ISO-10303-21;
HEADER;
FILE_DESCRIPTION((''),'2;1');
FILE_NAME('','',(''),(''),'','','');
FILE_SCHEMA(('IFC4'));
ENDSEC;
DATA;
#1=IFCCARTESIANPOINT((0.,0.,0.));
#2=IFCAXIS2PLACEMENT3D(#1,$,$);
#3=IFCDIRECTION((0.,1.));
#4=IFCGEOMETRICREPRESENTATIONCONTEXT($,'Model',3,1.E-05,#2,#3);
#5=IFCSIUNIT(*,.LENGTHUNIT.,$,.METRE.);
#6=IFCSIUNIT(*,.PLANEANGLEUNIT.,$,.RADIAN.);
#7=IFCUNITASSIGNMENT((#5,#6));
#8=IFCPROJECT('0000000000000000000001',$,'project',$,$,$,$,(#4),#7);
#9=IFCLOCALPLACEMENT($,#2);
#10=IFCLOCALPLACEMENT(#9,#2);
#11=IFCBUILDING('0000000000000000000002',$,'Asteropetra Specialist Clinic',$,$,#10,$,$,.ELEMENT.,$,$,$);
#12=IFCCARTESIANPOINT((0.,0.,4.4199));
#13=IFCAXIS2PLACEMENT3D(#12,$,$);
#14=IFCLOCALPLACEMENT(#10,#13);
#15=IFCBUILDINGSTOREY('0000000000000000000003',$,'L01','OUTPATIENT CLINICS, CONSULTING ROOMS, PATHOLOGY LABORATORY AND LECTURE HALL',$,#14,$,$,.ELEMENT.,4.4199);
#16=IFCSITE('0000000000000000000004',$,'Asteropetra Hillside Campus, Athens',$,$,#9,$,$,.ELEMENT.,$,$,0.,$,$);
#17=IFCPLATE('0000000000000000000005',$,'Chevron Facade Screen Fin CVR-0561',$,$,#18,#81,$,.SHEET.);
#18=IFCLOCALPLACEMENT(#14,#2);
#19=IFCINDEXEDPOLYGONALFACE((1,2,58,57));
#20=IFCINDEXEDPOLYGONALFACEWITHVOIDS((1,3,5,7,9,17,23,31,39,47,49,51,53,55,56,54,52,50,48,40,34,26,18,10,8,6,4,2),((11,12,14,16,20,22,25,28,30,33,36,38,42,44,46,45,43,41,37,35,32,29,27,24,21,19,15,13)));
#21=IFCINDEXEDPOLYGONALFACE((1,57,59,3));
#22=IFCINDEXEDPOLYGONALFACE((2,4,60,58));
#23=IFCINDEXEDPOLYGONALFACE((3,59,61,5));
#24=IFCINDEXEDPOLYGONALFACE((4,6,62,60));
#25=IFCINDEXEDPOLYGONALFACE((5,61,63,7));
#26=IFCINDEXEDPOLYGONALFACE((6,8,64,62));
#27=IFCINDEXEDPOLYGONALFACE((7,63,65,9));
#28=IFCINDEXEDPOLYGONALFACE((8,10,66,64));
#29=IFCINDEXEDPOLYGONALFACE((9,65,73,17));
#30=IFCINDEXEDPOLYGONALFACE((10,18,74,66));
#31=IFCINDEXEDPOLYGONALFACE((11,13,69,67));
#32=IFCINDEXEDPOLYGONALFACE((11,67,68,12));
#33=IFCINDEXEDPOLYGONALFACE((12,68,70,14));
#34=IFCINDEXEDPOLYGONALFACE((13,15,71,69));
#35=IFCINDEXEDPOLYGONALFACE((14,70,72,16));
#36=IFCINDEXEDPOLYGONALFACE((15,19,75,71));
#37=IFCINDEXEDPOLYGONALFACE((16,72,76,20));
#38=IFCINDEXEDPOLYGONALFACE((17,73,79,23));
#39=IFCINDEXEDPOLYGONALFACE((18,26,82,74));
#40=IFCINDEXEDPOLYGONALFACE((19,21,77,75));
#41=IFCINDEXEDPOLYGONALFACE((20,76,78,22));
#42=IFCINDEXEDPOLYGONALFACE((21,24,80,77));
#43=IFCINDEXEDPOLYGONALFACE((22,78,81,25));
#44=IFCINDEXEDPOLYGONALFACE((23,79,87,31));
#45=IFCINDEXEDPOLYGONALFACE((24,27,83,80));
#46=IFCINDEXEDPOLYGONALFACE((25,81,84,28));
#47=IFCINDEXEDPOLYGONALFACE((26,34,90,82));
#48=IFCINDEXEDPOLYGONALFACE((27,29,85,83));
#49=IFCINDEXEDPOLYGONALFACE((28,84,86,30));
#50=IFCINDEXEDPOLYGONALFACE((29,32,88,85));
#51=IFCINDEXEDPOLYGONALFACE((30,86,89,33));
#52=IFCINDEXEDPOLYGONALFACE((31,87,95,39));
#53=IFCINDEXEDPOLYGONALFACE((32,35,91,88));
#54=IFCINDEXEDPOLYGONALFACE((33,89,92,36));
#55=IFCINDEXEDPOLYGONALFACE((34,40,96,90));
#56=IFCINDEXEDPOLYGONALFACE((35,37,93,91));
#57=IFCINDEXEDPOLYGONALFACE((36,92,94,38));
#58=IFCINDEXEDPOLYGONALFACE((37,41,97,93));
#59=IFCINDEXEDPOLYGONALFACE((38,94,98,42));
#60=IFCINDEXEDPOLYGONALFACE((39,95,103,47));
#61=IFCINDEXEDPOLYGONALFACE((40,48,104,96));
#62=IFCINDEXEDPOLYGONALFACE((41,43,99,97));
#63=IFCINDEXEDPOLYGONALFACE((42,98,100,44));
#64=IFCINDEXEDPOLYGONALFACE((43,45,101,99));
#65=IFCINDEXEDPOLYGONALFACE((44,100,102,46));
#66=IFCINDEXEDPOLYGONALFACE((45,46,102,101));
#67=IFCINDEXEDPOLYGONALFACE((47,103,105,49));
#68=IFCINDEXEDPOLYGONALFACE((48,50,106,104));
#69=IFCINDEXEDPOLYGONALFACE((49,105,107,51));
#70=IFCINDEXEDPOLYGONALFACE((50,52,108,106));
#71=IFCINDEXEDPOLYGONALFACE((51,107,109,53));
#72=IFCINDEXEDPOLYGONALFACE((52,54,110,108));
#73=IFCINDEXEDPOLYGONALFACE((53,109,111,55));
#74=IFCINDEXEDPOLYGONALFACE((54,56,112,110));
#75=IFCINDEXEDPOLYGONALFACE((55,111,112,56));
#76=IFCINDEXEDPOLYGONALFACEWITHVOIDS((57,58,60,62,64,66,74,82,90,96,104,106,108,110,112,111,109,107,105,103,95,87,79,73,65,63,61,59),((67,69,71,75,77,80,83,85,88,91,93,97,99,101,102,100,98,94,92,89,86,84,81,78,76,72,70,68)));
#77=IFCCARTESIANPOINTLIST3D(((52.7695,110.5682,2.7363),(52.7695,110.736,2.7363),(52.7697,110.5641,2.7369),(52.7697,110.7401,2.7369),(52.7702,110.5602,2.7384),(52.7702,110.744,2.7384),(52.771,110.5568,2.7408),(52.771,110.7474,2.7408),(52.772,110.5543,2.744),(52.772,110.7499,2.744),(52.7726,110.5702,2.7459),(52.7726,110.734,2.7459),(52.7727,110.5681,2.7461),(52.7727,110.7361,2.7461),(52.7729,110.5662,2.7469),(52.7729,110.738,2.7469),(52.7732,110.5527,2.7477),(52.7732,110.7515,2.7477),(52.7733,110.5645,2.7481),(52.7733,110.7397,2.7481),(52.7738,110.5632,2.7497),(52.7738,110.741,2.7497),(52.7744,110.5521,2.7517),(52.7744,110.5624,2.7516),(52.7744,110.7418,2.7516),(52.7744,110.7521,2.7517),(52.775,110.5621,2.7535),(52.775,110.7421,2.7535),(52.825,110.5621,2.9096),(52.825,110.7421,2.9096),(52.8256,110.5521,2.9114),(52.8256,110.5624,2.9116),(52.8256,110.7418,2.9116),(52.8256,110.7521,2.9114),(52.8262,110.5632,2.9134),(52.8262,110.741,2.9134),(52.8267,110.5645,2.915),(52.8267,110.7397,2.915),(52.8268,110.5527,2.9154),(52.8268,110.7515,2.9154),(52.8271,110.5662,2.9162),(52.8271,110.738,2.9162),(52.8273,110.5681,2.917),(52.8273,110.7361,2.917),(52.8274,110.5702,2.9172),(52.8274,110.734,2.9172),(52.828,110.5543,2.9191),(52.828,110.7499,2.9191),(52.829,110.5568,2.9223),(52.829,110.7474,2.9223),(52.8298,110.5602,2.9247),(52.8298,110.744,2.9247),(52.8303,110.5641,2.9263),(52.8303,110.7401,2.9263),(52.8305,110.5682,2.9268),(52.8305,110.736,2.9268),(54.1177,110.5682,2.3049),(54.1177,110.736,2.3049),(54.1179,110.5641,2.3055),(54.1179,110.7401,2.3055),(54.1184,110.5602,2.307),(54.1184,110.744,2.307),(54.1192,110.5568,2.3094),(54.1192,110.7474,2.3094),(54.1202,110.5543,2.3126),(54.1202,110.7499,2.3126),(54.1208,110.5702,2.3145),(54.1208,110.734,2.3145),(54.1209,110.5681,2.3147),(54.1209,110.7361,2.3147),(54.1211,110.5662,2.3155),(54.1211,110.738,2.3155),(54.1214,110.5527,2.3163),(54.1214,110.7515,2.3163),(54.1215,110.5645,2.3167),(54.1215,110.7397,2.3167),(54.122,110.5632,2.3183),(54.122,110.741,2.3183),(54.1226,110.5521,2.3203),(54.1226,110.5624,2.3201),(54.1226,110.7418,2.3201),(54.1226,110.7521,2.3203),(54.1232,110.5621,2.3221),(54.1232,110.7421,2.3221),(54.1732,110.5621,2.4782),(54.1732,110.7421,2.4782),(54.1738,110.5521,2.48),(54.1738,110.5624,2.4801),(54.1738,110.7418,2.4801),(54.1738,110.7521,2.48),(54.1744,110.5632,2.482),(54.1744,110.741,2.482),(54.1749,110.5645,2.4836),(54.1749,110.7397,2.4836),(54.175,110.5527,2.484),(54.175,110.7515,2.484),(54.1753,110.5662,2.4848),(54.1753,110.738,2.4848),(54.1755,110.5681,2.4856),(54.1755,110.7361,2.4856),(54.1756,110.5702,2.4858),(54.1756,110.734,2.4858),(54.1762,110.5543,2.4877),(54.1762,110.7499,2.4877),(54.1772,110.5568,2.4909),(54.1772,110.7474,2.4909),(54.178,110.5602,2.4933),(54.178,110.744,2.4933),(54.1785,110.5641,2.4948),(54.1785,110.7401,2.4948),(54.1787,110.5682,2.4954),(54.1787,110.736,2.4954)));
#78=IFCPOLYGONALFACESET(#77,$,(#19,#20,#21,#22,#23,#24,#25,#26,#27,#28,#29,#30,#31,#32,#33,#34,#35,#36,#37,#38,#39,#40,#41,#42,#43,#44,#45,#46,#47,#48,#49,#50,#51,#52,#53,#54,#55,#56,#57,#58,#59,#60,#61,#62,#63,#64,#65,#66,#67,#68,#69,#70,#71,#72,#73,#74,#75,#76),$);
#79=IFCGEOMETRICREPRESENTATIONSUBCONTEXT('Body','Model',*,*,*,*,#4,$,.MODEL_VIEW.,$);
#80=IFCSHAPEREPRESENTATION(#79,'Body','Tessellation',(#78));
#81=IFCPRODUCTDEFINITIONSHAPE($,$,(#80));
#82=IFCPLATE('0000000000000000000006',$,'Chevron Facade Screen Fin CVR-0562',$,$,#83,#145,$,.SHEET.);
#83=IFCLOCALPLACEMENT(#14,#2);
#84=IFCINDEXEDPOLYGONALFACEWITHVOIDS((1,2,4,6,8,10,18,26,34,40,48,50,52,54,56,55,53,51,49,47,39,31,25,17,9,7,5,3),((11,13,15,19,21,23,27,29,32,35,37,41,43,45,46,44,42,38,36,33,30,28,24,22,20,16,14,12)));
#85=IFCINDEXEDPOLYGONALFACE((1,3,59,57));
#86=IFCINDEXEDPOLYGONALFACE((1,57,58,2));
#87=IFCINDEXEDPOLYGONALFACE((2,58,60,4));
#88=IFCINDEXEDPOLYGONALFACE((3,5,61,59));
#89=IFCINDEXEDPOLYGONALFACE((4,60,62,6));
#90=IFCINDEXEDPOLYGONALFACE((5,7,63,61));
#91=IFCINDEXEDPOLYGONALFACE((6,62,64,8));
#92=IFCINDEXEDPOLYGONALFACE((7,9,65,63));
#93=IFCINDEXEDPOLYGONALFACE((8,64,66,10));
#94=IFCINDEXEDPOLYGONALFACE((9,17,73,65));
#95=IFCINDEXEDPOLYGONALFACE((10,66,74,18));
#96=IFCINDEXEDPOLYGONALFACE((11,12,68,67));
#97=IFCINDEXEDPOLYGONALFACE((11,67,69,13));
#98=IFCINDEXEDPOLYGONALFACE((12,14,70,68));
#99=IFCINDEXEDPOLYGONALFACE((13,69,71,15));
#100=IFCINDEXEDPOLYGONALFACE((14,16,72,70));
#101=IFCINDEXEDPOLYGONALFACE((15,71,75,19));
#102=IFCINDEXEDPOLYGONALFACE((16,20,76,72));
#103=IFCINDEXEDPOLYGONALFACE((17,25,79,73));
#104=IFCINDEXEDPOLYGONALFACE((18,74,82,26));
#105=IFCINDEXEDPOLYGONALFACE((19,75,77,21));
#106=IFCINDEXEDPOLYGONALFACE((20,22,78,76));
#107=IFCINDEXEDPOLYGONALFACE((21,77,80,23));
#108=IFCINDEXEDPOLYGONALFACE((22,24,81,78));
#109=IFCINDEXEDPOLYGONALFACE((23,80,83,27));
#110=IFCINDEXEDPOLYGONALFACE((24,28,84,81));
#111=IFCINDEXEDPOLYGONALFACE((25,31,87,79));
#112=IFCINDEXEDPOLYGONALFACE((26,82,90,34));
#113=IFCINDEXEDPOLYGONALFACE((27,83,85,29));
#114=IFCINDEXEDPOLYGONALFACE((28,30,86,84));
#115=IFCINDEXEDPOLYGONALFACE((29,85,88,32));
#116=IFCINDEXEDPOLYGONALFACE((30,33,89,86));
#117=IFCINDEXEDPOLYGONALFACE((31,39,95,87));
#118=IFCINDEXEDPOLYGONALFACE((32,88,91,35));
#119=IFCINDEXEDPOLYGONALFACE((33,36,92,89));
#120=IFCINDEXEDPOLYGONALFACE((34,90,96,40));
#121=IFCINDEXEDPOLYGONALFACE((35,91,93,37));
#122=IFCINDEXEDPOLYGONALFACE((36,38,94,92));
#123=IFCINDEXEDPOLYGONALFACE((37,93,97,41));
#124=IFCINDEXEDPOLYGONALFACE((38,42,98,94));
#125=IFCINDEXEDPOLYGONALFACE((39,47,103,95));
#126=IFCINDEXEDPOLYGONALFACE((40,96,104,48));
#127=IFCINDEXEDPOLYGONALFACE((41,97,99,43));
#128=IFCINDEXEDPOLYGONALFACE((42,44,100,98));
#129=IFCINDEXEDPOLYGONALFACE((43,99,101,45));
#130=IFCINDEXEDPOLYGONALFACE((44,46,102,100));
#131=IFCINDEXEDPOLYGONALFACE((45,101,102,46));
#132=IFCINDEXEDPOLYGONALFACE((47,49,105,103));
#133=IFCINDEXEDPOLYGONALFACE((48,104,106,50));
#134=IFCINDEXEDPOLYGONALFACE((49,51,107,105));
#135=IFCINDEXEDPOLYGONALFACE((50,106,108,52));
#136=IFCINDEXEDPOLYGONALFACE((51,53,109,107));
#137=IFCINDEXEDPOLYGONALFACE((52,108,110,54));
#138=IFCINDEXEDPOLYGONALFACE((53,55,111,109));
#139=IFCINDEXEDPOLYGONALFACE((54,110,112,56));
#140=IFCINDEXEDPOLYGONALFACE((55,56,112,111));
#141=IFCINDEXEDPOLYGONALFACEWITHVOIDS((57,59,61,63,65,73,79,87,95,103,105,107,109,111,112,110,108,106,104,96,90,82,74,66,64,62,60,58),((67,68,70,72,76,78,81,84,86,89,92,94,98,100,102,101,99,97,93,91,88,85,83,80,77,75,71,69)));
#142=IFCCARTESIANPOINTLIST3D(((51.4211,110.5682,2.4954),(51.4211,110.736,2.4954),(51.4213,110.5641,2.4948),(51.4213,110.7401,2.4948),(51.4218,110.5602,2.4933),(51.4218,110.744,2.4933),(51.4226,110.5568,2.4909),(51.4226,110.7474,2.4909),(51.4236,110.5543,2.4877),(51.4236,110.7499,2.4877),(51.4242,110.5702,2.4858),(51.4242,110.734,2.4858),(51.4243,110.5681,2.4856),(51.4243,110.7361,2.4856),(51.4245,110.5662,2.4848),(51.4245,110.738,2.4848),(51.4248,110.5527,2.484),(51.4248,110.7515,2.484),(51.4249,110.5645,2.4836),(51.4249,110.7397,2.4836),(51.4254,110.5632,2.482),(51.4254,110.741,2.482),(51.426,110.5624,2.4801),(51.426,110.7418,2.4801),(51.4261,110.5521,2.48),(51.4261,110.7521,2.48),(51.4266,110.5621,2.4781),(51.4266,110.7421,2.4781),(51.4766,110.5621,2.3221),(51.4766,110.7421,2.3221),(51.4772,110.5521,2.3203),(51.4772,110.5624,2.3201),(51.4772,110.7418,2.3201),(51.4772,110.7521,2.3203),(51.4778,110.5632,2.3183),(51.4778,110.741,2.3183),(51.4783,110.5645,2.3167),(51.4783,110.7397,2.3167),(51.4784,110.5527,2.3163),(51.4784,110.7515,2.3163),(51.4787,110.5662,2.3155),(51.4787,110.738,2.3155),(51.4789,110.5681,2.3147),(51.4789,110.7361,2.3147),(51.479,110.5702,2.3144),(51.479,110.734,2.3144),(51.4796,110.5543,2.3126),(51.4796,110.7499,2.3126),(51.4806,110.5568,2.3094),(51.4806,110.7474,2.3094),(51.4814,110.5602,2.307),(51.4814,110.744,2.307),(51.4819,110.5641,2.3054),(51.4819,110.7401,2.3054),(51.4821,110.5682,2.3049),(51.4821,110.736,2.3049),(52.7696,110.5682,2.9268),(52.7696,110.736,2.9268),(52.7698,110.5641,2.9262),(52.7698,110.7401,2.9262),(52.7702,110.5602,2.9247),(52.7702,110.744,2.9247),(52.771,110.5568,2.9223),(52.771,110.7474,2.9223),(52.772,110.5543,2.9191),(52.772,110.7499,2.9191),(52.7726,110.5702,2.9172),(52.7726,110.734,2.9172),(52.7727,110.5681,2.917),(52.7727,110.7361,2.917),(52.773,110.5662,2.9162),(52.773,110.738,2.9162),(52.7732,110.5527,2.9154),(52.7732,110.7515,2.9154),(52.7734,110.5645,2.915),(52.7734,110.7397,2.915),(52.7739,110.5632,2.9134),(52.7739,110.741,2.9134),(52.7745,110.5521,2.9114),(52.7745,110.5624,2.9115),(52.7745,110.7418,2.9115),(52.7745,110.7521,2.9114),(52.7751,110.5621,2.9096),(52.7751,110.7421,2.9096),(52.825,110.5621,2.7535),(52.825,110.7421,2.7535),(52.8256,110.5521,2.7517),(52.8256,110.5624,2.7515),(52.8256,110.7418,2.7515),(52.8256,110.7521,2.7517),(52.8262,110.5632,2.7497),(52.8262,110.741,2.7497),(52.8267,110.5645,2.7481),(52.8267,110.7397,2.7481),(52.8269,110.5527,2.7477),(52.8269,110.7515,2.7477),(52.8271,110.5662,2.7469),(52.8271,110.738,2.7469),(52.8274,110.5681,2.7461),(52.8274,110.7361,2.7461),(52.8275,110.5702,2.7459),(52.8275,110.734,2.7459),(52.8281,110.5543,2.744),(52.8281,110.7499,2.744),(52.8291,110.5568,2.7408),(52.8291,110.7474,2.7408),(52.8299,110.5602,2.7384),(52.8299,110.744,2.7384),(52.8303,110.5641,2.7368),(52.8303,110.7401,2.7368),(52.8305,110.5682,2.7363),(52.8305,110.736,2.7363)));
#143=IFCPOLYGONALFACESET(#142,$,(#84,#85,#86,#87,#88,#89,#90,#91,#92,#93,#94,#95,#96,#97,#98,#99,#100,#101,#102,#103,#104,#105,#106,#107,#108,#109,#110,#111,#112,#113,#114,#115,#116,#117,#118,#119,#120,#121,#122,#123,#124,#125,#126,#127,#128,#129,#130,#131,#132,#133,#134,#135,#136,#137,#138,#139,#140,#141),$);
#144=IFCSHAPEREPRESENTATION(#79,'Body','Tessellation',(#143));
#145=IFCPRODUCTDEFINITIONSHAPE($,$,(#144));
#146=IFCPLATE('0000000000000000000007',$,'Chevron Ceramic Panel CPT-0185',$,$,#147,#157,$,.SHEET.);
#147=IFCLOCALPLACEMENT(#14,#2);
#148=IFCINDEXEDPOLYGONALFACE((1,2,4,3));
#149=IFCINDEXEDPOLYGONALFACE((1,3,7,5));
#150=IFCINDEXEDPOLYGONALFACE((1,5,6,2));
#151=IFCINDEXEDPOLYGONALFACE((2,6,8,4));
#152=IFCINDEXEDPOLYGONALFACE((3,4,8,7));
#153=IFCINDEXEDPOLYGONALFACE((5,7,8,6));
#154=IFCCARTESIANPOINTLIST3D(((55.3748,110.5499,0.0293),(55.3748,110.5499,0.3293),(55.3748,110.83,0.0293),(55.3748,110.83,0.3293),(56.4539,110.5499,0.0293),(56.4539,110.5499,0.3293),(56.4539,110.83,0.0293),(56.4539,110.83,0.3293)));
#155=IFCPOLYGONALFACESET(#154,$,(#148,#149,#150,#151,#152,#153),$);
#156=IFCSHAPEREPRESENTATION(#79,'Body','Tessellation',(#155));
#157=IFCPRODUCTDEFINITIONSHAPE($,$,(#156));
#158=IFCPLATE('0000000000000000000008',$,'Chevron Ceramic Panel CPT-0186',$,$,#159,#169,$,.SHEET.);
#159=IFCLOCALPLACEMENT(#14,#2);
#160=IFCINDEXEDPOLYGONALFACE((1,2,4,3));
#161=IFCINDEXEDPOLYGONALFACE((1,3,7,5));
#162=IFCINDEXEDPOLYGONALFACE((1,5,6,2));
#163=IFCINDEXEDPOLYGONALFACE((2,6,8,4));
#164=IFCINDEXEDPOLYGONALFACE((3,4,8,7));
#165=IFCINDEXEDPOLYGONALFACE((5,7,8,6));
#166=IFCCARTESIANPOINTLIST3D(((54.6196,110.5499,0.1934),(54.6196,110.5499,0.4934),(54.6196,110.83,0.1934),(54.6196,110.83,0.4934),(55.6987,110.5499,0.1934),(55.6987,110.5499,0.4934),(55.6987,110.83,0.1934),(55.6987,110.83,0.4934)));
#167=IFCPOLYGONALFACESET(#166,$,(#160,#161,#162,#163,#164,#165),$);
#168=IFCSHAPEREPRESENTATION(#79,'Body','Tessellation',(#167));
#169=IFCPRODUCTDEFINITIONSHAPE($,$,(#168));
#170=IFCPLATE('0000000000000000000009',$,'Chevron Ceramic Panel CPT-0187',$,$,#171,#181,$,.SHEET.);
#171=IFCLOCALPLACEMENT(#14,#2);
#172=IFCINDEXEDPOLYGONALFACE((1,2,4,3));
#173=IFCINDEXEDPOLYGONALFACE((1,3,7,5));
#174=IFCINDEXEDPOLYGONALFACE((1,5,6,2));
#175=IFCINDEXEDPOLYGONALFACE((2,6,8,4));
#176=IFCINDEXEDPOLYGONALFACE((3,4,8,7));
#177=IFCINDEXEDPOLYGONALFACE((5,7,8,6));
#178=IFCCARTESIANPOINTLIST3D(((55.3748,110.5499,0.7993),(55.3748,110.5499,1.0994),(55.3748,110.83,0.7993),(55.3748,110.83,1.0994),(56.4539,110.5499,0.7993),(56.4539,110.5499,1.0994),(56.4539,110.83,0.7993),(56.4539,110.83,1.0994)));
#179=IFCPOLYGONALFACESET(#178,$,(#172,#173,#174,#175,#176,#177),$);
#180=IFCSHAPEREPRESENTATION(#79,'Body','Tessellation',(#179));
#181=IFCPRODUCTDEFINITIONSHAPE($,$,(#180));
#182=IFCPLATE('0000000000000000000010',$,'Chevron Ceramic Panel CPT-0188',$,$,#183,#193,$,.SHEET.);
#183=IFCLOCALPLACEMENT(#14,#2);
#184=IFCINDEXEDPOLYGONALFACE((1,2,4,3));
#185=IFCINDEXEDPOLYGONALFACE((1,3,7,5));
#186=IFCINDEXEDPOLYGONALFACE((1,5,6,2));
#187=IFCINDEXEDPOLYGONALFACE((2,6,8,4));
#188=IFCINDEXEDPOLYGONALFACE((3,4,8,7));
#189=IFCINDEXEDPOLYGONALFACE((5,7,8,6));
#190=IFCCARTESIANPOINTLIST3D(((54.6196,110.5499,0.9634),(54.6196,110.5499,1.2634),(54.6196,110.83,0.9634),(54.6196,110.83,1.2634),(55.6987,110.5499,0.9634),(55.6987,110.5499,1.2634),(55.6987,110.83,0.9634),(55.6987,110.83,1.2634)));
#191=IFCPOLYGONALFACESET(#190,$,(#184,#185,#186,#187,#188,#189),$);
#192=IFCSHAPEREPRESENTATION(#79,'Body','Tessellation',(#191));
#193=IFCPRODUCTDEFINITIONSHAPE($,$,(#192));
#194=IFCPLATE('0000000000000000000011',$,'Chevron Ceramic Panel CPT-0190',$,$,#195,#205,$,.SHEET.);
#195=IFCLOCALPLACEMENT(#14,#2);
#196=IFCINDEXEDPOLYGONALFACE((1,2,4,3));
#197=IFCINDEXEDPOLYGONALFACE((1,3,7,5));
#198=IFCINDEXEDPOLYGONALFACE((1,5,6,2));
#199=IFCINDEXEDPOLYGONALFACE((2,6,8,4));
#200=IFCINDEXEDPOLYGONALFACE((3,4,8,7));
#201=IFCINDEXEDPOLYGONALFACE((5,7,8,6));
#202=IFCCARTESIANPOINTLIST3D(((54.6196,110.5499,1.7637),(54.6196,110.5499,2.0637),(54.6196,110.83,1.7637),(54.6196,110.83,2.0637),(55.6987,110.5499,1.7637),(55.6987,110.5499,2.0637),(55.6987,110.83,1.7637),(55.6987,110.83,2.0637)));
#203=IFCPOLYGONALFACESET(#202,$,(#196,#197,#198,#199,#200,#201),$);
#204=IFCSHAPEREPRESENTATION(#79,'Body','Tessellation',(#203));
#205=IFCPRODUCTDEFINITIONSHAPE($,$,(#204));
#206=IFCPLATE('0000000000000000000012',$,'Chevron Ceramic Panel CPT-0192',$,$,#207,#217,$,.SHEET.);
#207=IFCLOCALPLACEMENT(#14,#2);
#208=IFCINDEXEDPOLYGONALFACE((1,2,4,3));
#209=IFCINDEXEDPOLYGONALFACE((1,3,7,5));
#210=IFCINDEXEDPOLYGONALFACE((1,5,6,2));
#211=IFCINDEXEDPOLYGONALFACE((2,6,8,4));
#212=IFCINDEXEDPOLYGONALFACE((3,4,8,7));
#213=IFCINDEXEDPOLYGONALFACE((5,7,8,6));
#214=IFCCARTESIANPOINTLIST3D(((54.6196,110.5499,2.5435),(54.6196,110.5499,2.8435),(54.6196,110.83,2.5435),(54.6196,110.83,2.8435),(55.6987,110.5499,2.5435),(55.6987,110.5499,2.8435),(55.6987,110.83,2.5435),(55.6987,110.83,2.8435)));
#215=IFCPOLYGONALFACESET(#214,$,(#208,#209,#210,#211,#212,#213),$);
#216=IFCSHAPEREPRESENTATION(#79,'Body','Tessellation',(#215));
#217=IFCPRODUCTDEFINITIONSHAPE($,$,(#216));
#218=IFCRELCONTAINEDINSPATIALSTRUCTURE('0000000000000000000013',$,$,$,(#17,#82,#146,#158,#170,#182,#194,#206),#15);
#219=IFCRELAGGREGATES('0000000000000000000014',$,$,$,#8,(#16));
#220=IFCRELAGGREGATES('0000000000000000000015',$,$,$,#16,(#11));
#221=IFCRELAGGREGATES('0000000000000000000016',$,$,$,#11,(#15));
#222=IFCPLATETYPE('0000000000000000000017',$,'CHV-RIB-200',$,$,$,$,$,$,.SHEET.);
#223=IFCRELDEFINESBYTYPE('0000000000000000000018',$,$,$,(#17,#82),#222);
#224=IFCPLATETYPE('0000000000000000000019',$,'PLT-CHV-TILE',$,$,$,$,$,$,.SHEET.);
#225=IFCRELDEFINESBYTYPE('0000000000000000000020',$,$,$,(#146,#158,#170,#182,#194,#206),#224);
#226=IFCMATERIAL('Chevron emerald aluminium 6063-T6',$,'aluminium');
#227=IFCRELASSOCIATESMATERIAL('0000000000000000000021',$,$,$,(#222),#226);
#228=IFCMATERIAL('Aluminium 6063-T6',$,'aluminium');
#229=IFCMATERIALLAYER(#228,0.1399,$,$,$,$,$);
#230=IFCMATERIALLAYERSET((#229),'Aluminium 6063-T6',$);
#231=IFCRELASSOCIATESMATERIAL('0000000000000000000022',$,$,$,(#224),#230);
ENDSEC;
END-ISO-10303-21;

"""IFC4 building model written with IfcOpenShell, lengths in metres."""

from ifc_helpers import new_model, si_unit, direction, frame, origin, origin_2d, place, context, subcontext, project, spatial, rectangle, hollow_rectangle, extrude, material, layer, layer_set, material_profile, profile_set, type_object, element, save


model = new_model("IFC4")

# Units and contexts
model_context = context("Model", 3, precision=1e-05, world=origin(), true_north=direction((0.0, 1.0)))
body_context = subcontext(model_context, "Body", "Model", "MODEL_VIEW")
ifc_project = project(units=[si_unit("LENGTHUNIT", "METRE"), si_unit("PLANEANGLEUNIT", "RADIAN")], contexts=[model_context])

# Site, building, storey
site_placement = place(None, origin())
site = spatial("IfcSite", under=ifc_project, at=site_placement, Name="Asteropetra Hillside Campus, Athens", CompositionType="ELEMENT", RefElevation=0.0)
building_placement = place(site_placement, origin())
building = spatial("IfcBuilding", under=site, at=building_placement, Name="Asteropetra Specialist Clinic", CompositionType="ELEMENT")
storey_placement = place(building_placement, frame((0.0, 0.0, 4.4199)))
storey = spatial("IfcBuildingStorey", under=building, at=storey_placement, Name="L01", Description="OUTPATIENT CLINICS, CONSULTING ROOMS, PATHOLOGY LABORATORY AND LECTURE HALL", CompositionType="ELEMENT", Elevation=4.4199)

# Plates
ifc_material_1 = material(Name="Chevron emerald aluminium 6063-T6", Category="aluminium")
ifc_material_profile = material_profile(ifc_material_1, hollow_rectangle(XDim=0.2, YDim=0.2, WallThickness=0.01, InnerFilletRadius=0.0081, OuterFilletRadius=0.0161, at=origin_2d()), Name="SHS 200x200x10.0")
ifc_profile_set = profile_set([ifc_material_profile], Name="Chevron emerald aluminium 6063-T6")
plate_type_1 = type_object("IfcPlateType", Name="CHV-RIB-200", PredefinedType="SHEET", material=ifc_profile_set)
plate_1_placement = place(storey_placement, frame((54.1482, 110.6521, 2.4001), z_axis=(-0.952426, 0.0, 0.304769), x_axis=(0.0, -1.0, 0.0)))
element("IfcPlate", 1, at=plate_1_placement, inside=storey, type_object=plate_type_1, Name="Chevron Facade Screen Fin CVR-0561", PredefinedType="SHEET", context=body_context, shape_type="SweptSolid", body=[
    extrude(hollow_rectangle(XDim=0.2, YDim=0.2, WallThickness=0.01, InnerFilletRadius=0.0081, OuterFilletRadius=0.0161, at=origin_2d()), origin(), (0.0, 0.0, 1.0), 1.4155),
])
plate_2_placement = place(storey_placement, frame((52.8, 110.6521, 2.8315), z_axis=(-0.952442, 0.0, -0.304719), x_axis=(0.0, -1.0, 0.0)))
element("IfcPlate", 2, at=plate_2_placement, inside=storey, type_object=plate_type_1, Name="Chevron Facade Screen Fin CVR-0562", PredefinedType="SHEET", context=body_context, shape_type="SweptSolid", body=[
    extrude(hollow_rectangle(XDim=0.2, YDim=0.2, WallThickness=0.01, InnerFilletRadius=0.0081, OuterFilletRadius=0.0161, at=origin_2d()), origin(), (0.0, 0.0, 1.0), 1.4158),
])
ifc_material_2 = material(Name="Aluminium 6063-T6", Category="aluminium")
ifc_layer_1 = layer(ifc_material_2, 0.1399)
ifc_layer_set_1 = layer_set([ifc_layer_1], Name="Aluminium 6063-T6")
plate_type_2 = type_object("IfcPlateType", Name="PLT-CHV-TILE", PredefinedType="SHEET", material=ifc_layer_set_1)
for number, where, z_axis, x_axis, name in (
    (3, (55.9143, 110.6899, 0.0293), (0.0, 0.0, 1.0), (1.0, 0.0, 0.0), "Chevron Ceramic Panel CPT-0185"),
    (4, (55.1592, 110.6899, 0.1934), (0.0, 0.0, 1.0), (1.0, 0.0, 0.0), "Chevron Ceramic Panel CPT-0186"),
    (5, (55.9143, 110.6899, 0.7993), (0.0, 0.0, 1.0), (1.0, 0.0, 0.0), "Chevron Ceramic Panel CPT-0187"),
    (6, (55.1592, 110.6899, 0.9634), (0.0, 0.0, 1.0), (1.0, 0.0, 0.0), "Chevron Ceramic Panel CPT-0188"),
    (7, (55.1592, 110.6899, 1.7637), (0.0, 0.0, 1.0), (1.0, 0.0, 0.0), "Chevron Ceramic Panel CPT-0190"),
    (8, (55.1592, 110.6899, 2.5435), (0.0, 0.0, 1.0), (1.0, 0.0, 0.0), "Chevron Ceramic Panel CPT-0192"),
):
    element("IfcPlate", number, at=place(storey_placement, frame(where, z_axis=z_axis, x_axis=x_axis)), inside=storey, type_object=plate_type_2, Name=name, PredefinedType="SHEET", context=body_context, shape_type="SweptSolid", body=[
        extrude(rectangle(XDim=1.0791, YDim=0.28, at=origin_2d()), origin(), (0.0, 0.0, 1.0), 0.3),
    ])

save(model, "model.ifc")
